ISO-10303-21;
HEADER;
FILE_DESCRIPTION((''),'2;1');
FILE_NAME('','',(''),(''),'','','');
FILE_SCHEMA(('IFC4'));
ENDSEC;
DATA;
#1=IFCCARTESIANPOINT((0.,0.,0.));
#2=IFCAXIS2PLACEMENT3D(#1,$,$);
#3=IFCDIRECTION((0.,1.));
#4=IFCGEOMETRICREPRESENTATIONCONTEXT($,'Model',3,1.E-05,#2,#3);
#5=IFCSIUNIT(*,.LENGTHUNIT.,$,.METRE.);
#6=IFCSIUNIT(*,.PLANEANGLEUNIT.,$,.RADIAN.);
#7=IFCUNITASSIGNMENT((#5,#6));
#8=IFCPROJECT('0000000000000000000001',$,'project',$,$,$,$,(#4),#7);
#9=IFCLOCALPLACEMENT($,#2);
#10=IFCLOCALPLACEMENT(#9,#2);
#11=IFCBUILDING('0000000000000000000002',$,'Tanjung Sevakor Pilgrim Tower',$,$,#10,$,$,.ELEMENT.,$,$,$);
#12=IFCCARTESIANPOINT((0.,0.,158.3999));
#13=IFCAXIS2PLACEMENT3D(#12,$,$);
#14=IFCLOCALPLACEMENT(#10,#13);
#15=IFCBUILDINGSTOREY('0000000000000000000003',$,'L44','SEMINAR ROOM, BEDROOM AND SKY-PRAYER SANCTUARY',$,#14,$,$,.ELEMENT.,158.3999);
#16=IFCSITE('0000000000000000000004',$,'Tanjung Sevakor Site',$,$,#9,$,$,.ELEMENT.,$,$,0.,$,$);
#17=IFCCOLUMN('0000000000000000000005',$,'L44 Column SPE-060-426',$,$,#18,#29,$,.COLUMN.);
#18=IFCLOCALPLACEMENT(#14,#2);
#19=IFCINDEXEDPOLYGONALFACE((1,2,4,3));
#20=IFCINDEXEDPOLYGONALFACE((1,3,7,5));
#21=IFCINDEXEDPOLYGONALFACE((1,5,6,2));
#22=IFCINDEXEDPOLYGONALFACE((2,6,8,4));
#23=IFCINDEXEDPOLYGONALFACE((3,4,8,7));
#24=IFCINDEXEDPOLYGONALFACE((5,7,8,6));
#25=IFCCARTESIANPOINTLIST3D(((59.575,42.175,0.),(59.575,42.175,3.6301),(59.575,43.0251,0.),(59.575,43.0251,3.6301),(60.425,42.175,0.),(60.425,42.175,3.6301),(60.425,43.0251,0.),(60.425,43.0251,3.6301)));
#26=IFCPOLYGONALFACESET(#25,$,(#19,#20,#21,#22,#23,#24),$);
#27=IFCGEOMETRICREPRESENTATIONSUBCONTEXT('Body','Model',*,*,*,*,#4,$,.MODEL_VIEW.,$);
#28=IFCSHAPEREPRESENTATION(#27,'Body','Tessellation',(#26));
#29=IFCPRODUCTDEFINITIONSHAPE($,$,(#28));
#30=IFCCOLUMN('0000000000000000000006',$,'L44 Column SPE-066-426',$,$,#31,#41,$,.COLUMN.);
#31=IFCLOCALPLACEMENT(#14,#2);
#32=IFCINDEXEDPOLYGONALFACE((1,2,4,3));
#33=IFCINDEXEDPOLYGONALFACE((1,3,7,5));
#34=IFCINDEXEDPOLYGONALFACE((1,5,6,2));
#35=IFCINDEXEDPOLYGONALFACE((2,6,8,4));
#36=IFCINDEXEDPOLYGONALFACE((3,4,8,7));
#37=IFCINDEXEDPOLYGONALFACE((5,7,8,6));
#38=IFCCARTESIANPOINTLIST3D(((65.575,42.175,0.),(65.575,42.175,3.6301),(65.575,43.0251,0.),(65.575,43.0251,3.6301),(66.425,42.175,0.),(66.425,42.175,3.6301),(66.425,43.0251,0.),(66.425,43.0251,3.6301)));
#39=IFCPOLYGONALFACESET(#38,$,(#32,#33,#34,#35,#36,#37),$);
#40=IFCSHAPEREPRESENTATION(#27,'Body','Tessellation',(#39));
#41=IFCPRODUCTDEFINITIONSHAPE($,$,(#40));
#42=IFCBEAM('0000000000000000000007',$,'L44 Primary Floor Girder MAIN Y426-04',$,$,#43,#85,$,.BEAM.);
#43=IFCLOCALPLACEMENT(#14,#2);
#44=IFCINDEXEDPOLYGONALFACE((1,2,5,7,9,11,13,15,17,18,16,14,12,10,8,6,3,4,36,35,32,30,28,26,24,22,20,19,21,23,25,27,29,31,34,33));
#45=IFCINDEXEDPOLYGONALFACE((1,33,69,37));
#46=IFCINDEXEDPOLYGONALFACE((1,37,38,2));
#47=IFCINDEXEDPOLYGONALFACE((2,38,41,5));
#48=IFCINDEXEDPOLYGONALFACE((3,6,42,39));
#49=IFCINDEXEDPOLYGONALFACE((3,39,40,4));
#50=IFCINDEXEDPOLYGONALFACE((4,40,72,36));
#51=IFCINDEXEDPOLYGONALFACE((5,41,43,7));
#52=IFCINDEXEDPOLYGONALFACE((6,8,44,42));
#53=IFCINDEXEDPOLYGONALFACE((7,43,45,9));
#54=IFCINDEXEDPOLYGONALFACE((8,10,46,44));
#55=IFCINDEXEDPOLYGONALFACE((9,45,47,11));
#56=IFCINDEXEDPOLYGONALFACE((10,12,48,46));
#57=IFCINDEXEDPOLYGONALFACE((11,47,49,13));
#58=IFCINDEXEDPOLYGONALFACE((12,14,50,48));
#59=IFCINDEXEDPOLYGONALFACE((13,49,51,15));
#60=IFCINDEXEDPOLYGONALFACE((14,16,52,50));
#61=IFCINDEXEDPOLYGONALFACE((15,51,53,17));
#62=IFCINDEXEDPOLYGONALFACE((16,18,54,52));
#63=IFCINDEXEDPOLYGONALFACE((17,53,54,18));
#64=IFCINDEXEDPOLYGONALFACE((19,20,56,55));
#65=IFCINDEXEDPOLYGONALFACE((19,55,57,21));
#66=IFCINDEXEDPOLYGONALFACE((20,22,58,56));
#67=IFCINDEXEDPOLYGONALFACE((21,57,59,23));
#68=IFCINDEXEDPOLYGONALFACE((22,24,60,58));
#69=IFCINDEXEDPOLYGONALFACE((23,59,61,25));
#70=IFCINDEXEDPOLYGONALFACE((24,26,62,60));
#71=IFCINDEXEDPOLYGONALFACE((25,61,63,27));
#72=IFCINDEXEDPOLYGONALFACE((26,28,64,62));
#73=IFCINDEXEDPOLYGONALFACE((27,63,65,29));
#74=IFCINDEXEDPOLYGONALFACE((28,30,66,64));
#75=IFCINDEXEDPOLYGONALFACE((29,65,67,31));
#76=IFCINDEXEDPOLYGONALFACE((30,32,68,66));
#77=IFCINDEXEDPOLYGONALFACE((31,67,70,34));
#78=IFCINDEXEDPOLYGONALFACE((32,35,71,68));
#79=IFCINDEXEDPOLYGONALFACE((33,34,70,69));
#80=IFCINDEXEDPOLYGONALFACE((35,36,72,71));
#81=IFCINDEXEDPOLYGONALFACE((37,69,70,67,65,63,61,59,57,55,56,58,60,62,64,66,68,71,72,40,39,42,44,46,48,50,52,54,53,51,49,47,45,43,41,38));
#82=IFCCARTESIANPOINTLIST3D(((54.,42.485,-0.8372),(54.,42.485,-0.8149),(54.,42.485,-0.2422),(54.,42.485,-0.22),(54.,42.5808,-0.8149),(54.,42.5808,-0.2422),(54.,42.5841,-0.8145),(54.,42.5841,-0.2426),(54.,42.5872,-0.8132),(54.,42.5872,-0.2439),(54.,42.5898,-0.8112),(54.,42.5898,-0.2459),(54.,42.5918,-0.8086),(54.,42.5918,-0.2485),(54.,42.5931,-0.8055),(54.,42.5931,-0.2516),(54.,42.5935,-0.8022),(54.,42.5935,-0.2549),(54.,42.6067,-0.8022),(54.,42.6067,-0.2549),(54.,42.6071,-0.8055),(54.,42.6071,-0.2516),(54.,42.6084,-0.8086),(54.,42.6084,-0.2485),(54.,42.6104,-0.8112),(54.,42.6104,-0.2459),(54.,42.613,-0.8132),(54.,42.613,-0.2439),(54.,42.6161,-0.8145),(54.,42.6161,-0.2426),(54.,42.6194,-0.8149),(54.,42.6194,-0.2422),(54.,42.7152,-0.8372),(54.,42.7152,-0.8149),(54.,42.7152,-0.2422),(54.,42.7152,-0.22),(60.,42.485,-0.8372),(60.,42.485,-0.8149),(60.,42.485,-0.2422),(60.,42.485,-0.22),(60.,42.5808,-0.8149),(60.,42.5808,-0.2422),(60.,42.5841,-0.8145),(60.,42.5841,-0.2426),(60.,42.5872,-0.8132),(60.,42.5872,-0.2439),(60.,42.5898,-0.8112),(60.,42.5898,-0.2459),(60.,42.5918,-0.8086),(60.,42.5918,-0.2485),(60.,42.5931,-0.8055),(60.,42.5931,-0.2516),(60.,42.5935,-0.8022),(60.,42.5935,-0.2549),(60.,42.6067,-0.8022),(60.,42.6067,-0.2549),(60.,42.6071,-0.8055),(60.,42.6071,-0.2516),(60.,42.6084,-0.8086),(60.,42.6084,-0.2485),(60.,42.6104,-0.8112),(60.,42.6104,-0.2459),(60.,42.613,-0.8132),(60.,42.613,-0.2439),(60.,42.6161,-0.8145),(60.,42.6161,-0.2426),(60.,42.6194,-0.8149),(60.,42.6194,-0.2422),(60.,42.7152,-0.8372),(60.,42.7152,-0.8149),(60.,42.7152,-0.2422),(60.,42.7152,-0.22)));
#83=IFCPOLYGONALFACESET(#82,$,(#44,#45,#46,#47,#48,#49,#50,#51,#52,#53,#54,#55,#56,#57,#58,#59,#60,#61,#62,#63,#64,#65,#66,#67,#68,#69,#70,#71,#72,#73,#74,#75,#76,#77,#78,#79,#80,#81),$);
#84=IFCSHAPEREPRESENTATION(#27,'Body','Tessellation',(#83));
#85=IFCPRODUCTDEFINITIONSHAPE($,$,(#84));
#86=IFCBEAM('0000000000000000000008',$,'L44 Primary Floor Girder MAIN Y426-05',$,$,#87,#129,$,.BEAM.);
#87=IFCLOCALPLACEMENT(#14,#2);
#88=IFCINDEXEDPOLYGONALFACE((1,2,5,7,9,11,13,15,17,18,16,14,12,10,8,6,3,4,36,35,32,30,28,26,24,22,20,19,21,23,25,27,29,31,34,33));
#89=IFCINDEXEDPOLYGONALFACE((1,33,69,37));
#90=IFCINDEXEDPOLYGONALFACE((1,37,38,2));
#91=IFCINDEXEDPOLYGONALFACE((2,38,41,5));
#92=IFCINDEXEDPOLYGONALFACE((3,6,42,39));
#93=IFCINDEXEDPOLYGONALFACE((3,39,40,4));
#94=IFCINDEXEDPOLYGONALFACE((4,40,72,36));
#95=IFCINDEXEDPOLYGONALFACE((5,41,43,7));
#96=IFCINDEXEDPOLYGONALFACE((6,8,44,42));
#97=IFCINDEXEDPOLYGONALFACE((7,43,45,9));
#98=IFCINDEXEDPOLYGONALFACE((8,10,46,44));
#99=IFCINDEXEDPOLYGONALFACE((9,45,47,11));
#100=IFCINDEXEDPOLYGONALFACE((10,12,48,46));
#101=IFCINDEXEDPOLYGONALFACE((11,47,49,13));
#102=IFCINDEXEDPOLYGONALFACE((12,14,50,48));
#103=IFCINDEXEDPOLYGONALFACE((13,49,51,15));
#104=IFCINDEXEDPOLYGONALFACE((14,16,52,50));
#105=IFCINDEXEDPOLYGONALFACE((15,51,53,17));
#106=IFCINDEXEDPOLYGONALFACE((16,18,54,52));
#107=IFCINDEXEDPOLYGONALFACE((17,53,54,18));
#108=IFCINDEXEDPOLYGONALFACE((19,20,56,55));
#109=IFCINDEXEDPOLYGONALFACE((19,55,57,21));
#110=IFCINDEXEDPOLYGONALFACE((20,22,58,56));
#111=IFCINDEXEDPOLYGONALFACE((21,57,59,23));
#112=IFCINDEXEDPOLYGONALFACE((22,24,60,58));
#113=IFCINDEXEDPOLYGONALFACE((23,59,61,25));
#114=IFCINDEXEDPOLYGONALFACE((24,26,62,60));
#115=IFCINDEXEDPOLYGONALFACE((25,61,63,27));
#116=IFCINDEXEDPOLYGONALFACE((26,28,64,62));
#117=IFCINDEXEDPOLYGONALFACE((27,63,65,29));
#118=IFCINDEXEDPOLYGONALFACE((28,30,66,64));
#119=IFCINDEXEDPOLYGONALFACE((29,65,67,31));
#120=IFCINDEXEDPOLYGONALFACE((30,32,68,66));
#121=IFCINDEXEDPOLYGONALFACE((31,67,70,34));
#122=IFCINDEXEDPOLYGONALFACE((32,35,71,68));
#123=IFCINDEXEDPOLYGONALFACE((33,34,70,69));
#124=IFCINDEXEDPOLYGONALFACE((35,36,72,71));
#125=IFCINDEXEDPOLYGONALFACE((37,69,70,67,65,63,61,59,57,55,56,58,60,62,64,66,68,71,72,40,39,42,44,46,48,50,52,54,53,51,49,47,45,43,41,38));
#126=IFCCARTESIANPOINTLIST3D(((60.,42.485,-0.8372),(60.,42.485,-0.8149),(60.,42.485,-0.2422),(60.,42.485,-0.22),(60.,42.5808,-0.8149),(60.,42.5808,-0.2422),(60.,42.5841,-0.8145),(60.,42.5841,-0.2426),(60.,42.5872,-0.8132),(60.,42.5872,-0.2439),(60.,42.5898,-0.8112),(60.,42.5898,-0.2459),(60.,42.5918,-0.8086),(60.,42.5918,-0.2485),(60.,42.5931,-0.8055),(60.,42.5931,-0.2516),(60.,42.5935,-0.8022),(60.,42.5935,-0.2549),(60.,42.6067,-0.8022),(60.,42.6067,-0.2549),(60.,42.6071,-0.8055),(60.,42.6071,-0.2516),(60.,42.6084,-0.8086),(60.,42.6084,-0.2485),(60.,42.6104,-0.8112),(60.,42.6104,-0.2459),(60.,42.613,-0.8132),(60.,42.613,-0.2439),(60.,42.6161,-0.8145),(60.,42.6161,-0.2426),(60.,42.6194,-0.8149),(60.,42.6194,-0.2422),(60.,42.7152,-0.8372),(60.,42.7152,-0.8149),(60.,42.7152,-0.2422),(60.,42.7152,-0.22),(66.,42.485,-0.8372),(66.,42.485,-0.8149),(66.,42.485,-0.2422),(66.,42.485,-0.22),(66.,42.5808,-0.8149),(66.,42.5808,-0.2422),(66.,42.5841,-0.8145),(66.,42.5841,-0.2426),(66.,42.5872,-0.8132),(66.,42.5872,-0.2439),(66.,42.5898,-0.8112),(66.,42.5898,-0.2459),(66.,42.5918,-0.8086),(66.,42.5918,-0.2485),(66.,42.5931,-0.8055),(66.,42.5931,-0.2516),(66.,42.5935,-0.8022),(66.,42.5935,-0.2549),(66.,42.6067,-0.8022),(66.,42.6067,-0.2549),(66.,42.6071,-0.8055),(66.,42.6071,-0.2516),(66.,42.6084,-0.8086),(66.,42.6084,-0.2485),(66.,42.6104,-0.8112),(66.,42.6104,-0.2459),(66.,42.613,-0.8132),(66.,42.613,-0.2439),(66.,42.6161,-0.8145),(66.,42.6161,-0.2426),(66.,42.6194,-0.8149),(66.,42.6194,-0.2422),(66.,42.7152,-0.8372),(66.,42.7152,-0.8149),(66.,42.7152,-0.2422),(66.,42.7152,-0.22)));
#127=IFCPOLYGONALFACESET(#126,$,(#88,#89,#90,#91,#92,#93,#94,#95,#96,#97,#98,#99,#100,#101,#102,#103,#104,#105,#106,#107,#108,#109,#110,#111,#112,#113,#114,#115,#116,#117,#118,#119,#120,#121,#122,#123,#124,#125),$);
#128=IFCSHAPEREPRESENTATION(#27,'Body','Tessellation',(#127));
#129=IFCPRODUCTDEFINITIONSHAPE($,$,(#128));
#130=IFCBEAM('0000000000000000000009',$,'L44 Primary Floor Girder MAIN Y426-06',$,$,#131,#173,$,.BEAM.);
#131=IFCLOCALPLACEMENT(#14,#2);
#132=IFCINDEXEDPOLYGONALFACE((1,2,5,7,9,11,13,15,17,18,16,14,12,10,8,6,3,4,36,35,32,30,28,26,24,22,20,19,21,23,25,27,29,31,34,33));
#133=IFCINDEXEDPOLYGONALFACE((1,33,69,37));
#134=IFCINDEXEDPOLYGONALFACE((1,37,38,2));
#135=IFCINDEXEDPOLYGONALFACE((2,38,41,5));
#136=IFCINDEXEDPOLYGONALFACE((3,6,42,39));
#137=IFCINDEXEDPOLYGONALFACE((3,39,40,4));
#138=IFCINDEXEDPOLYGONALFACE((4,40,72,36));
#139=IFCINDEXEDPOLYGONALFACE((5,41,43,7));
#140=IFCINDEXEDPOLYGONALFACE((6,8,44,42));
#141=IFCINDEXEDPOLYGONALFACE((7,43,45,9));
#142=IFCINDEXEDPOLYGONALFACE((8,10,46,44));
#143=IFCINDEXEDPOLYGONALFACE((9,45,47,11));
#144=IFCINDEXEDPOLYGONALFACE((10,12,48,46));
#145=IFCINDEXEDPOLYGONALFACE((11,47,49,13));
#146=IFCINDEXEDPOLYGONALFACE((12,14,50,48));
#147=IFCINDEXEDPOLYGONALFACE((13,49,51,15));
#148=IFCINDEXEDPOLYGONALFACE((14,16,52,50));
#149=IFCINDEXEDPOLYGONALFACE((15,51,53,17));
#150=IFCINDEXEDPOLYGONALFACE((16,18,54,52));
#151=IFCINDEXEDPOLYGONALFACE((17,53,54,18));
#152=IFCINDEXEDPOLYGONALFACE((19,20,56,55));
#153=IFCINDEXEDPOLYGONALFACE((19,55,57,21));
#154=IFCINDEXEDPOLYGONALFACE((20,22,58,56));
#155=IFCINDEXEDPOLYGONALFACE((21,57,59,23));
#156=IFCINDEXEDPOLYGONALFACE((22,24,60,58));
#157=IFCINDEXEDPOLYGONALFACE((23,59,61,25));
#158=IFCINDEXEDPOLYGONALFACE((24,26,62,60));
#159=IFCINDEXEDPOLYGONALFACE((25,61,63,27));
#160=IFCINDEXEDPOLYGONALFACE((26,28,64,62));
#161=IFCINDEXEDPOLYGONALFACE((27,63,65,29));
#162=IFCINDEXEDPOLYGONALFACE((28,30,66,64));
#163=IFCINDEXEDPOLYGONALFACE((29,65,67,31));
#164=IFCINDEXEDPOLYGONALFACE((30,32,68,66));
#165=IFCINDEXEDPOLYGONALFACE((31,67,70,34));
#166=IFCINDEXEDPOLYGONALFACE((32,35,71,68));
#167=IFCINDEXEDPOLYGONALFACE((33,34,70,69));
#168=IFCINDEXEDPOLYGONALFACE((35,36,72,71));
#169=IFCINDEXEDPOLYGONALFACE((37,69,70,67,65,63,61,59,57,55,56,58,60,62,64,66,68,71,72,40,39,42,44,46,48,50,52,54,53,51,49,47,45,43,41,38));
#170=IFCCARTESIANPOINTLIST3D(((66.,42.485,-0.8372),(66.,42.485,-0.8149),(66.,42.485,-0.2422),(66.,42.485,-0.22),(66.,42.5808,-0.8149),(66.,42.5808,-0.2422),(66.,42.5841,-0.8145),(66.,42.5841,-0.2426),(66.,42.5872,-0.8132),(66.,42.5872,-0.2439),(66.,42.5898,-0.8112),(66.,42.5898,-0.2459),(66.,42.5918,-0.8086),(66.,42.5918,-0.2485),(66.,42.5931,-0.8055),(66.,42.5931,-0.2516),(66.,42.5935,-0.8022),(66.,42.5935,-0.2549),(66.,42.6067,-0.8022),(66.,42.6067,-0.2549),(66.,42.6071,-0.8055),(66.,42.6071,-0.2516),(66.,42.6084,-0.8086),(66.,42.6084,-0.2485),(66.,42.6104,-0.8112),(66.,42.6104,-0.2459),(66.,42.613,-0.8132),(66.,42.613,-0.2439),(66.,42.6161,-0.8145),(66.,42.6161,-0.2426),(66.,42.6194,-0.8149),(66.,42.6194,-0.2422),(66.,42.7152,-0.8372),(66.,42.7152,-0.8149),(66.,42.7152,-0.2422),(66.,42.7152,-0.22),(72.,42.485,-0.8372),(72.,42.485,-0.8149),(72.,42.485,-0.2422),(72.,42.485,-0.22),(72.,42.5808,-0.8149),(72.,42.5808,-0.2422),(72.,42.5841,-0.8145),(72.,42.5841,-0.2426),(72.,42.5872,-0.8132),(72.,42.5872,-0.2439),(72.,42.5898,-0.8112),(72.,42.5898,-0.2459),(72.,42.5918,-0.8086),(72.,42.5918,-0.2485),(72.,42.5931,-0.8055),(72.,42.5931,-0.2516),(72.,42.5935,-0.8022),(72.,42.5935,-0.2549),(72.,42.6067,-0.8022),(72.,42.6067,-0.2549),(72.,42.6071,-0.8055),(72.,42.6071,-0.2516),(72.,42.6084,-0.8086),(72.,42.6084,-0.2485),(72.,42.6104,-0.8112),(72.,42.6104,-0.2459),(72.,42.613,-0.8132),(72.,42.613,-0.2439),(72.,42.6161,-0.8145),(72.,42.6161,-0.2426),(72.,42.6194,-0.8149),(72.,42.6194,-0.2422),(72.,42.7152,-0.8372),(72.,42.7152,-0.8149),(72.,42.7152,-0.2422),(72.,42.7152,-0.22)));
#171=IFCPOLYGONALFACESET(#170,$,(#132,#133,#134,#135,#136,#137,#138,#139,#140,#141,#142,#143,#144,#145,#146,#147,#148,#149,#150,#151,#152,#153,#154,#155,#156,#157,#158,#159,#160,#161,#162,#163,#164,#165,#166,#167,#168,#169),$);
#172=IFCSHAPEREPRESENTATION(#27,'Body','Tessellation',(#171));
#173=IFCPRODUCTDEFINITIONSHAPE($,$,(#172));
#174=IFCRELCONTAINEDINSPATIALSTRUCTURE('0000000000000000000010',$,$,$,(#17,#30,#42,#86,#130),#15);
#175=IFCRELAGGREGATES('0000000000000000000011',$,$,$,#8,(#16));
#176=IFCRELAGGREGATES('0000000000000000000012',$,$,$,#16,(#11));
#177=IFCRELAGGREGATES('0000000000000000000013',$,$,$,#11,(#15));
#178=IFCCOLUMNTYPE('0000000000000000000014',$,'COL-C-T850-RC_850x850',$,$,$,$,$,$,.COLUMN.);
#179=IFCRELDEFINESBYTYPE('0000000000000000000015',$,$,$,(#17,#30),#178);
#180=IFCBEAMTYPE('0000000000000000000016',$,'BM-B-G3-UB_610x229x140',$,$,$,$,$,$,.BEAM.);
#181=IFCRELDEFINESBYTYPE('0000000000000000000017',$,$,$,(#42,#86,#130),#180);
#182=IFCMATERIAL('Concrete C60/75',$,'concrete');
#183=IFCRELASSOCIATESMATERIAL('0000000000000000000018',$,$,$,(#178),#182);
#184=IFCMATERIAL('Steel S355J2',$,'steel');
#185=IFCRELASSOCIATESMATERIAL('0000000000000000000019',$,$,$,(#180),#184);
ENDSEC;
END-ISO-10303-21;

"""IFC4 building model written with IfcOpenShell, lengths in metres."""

from ifc_helpers import new_model, si_unit, direction, frame, origin, origin_2d, place, context, subcontext, project, spatial, rectangle, i_section, extrude, material, material_profile, profile_set, type_object, element, save


model = new_model("IFC4")

# Units and contexts
model_context = context("Model", 3, precision=1e-05, world=origin(), true_north=direction((0.0, 1.0)))
body_context = subcontext(model_context, "Body", "Model", "MODEL_VIEW")
ifc_project = project(units=[si_unit("LENGTHUNIT", "METRE"), si_unit("PLANEANGLEUNIT", "RADIAN")], contexts=[model_context])

# Site, building, storey
site_placement = place(None, origin())
site = spatial("IfcSite", under=ifc_project, at=site_placement, Name="Tanjung Sevakor Site", CompositionType="ELEMENT", RefElevation=0.0)
building_placement = place(site_placement, origin())
building = spatial("IfcBuilding", under=site, at=building_placement, Name="Tanjung Sevakor Pilgrim Tower", CompositionType="ELEMENT")
storey_placement = place(building_placement, frame((0.0, 0.0, 158.3999)))
storey = spatial("IfcBuildingStorey", under=building, at=storey_placement, Name="L44", Description="SEMINAR ROOM, BEDROOM AND SKY-PRAYER SANCTUARY", CompositionType="ELEMENT", Elevation=158.3999)

# Columns
ifc_material_1 = material(Name="Concrete C60/75", Category="concrete")
ifc_material_profile_1 = material_profile(ifc_material_1, rectangle(XDim=0.8501, YDim=0.8501, at=origin_2d()))
ifc_profile_set_1 = profile_set([ifc_material_profile_1], Name="Concrete C60/75")
column_type = type_object("IfcColumnType", Name="COL-C-T850-RC_850x850", PredefinedType="COLUMN", material=ifc_profile_set_1)
for number, where, z_axis, x_axis, name in (
    (1, (60.0, 42.6001, 0.0), (0.0, 0.0, 1.0), (1.0, 0.0, 0.0), "L44 Column SPE-060-426"),
    (2, (66.0, 42.6001, 0.0), (0.0, 0.0, 1.0), (1.0, 0.0, 0.0), "L44 Column SPE-066-426"),
):
    element("IfcColumn", number, at=place(storey_placement, frame(where, z_axis=z_axis, x_axis=x_axis)), inside=storey, type_object=column_type, Name=name, PredefinedType="COLUMN", context=body_context, shape_type="SweptSolid", body=[
        extrude(rectangle(XDim=0.8501, YDim=0.8501, at=origin_2d()), origin(), (0.0, 0.0, 1.0), 3.6301),
    ])

# Beams
ifc_material_2 = material(Name="Steel S355J2", Category="steel")
ifc_material_profile_2 = material_profile(ifc_material_2, i_section(OverallWidth=0.2302, OverallDepth=0.6172, WebThickness=0.0132, FlangeThickness=0.0222, FilletRadius=0.0127, at=origin_2d()))
ifc_profile_set_2 = profile_set([ifc_material_profile_2], Name="Steel S355J2")
beam_type_1 = type_object("IfcBeamType", Name="BM-B-G3-UB_610x229x140", PredefinedType="BEAM", material=ifc_profile_set_2)
for number, where, z_axis, x_axis, name in (
    (3, (54.0, 42.6001, -0.5286), (1.0, 0.0, 0.0), (0.0, 1.0, 0.0), "L44 Primary Floor Girder MAIN Y426-04"),
    (4, (60.0, 42.6001, -0.5286), (1.0, 0.0, 0.0), (0.0, 1.0, 0.0), "L44 Primary Floor Girder MAIN Y426-05"),
    (5, (66.0, 42.6001, -0.5286), (1.0, 0.0, 0.0), (0.0, 1.0, 0.0), "L44 Primary Floor Girder MAIN Y426-06"),
):
    element("IfcBeam", number, at=place(storey_placement, frame(where, z_axis=z_axis, x_axis=x_axis)), inside=storey, type_object=beam_type_1, Name=name, PredefinedType="BEAM", context=body_context, shape_type="SweptSolid", body=[
        extrude(i_section(OverallWidth=0.2302, OverallDepth=0.6172, WebThickness=0.0132, FlangeThickness=0.0222, FilletRadius=0.0127, at=origin_2d()), origin(), (0.0, 0.0, 1.0), 6.0),
    ])

save(model, "model.ifc")
